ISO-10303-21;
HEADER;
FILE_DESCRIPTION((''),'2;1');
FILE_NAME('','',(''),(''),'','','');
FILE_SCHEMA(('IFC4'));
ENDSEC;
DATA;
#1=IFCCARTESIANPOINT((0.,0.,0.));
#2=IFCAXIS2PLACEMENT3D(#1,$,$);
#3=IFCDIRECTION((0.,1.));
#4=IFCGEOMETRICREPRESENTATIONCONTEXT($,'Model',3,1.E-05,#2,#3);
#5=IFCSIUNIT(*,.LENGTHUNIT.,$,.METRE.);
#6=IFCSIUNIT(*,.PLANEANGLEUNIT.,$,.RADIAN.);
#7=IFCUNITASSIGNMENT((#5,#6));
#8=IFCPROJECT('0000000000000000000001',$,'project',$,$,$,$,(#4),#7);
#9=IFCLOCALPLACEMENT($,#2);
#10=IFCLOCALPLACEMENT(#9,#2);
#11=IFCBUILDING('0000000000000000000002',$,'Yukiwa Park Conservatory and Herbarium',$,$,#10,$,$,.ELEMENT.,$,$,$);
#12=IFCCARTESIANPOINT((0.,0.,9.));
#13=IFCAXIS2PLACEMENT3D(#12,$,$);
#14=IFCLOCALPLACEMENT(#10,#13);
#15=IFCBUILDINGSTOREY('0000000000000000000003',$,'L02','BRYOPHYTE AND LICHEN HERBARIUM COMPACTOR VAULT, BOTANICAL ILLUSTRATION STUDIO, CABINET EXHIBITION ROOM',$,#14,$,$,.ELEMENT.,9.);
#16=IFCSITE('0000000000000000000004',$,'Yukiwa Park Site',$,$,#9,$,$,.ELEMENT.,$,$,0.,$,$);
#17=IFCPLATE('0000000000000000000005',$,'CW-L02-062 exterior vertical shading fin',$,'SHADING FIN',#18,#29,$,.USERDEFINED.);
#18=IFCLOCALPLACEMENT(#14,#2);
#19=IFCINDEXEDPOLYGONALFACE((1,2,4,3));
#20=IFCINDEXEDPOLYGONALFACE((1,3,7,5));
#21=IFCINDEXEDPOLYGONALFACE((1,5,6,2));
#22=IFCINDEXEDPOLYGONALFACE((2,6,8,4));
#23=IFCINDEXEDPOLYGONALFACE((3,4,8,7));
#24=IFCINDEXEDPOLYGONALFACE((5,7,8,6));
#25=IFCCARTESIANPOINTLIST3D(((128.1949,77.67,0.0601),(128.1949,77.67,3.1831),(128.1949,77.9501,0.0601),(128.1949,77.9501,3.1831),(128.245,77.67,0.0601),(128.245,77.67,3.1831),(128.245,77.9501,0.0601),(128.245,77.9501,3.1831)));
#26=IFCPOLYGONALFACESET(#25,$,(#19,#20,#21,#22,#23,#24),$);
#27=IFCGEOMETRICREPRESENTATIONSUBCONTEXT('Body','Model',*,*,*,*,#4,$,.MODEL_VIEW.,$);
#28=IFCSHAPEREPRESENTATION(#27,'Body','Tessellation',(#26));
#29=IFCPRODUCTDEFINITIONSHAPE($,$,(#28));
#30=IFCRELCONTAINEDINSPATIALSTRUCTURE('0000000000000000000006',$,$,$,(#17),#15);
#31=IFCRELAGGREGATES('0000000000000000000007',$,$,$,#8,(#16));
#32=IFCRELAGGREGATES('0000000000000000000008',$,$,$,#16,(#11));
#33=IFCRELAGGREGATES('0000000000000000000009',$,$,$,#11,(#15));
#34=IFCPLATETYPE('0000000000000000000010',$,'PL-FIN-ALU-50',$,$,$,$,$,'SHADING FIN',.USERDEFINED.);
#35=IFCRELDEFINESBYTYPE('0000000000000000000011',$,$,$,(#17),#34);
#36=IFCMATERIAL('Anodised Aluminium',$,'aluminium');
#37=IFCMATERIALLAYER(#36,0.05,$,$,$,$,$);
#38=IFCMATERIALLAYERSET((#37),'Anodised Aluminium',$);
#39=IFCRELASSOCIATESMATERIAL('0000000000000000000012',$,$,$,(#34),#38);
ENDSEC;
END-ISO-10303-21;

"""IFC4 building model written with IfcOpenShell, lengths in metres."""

from ifc_helpers import new_model, si_unit, direction, frame, origin, origin_2d, place, context, subcontext, project, spatial, rectangle, extrude, material, layer, layer_set, type_object, element, save


model = new_model("IFC4")

# Units and contexts
model_context = context("Model", 3, precision=1e-05, world=origin(), true_north=direction((0.0, 1.0)))
body_context = subcontext(model_context, "Body", "Model", "MODEL_VIEW")
ifc_project = project(units=[si_unit("LENGTHUNIT", "METRE"), si_unit("PLANEANGLEUNIT", "RADIAN")], contexts=[model_context])

# Site, building, storey
site_placement = place(None, origin())
site = spatial("IfcSite", under=ifc_project, at=site_placement, Name="Yukiwa Park Site", CompositionType="ELEMENT", RefElevation=0.0)
building_placement = place(site_placement, origin())
building = spatial("IfcBuilding", under=site, at=building_placement, Name="Yukiwa Park Conservatory and Herbarium", CompositionType="ELEMENT")
storey_placement = place(building_placement, frame((0.0, 0.0, 9.0)))
storey = spatial("IfcBuildingStorey", under=building, at=storey_placement, Name="L02", Description="BRYOPHYTE AND LICHEN HERBARIUM COMPACTOR VAULT, BOTANICAL ILLUSTRATION STUDIO, CABINET EXHIBITION ROOM", CompositionType="ELEMENT", Elevation=9.0)

# Plate
ifc_material_1 = material(Name="Anodised Aluminium", Category="aluminium")
ifc_layer_1 = layer(ifc_material_1, 0.05)
ifc_layer_set_1 = layer_set([ifc_layer_1], Name="Anodised Aluminium")
plate_type_1 = type_object("IfcPlateType", Name="PL-FIN-ALU-50", ElementType="SHADING FIN", PredefinedType="USERDEFINED", material=ifc_layer_set_1)
plate_1_placement = place(storey_placement, frame((128.22, 77.8101, 0.0601), z_axis=(0.0, 0.0, 1.0), x_axis=(1.0, 0.0, 0.0)))
element("IfcPlate", 1, at=plate_1_placement, inside=storey, type_object=plate_type_1, Name="CW-L02-062 exterior vertical shading fin", ObjectType="SHADING FIN", PredefinedType="USERDEFINED", context=body_context, shape_type="SweptSolid", body=[
    extrude(rectangle(XDim=0.05, YDim=0.28, at=origin_2d()), origin(), (0.0, 0.0, 1.0), 3.123),
])

save(model, "model.ifc")
